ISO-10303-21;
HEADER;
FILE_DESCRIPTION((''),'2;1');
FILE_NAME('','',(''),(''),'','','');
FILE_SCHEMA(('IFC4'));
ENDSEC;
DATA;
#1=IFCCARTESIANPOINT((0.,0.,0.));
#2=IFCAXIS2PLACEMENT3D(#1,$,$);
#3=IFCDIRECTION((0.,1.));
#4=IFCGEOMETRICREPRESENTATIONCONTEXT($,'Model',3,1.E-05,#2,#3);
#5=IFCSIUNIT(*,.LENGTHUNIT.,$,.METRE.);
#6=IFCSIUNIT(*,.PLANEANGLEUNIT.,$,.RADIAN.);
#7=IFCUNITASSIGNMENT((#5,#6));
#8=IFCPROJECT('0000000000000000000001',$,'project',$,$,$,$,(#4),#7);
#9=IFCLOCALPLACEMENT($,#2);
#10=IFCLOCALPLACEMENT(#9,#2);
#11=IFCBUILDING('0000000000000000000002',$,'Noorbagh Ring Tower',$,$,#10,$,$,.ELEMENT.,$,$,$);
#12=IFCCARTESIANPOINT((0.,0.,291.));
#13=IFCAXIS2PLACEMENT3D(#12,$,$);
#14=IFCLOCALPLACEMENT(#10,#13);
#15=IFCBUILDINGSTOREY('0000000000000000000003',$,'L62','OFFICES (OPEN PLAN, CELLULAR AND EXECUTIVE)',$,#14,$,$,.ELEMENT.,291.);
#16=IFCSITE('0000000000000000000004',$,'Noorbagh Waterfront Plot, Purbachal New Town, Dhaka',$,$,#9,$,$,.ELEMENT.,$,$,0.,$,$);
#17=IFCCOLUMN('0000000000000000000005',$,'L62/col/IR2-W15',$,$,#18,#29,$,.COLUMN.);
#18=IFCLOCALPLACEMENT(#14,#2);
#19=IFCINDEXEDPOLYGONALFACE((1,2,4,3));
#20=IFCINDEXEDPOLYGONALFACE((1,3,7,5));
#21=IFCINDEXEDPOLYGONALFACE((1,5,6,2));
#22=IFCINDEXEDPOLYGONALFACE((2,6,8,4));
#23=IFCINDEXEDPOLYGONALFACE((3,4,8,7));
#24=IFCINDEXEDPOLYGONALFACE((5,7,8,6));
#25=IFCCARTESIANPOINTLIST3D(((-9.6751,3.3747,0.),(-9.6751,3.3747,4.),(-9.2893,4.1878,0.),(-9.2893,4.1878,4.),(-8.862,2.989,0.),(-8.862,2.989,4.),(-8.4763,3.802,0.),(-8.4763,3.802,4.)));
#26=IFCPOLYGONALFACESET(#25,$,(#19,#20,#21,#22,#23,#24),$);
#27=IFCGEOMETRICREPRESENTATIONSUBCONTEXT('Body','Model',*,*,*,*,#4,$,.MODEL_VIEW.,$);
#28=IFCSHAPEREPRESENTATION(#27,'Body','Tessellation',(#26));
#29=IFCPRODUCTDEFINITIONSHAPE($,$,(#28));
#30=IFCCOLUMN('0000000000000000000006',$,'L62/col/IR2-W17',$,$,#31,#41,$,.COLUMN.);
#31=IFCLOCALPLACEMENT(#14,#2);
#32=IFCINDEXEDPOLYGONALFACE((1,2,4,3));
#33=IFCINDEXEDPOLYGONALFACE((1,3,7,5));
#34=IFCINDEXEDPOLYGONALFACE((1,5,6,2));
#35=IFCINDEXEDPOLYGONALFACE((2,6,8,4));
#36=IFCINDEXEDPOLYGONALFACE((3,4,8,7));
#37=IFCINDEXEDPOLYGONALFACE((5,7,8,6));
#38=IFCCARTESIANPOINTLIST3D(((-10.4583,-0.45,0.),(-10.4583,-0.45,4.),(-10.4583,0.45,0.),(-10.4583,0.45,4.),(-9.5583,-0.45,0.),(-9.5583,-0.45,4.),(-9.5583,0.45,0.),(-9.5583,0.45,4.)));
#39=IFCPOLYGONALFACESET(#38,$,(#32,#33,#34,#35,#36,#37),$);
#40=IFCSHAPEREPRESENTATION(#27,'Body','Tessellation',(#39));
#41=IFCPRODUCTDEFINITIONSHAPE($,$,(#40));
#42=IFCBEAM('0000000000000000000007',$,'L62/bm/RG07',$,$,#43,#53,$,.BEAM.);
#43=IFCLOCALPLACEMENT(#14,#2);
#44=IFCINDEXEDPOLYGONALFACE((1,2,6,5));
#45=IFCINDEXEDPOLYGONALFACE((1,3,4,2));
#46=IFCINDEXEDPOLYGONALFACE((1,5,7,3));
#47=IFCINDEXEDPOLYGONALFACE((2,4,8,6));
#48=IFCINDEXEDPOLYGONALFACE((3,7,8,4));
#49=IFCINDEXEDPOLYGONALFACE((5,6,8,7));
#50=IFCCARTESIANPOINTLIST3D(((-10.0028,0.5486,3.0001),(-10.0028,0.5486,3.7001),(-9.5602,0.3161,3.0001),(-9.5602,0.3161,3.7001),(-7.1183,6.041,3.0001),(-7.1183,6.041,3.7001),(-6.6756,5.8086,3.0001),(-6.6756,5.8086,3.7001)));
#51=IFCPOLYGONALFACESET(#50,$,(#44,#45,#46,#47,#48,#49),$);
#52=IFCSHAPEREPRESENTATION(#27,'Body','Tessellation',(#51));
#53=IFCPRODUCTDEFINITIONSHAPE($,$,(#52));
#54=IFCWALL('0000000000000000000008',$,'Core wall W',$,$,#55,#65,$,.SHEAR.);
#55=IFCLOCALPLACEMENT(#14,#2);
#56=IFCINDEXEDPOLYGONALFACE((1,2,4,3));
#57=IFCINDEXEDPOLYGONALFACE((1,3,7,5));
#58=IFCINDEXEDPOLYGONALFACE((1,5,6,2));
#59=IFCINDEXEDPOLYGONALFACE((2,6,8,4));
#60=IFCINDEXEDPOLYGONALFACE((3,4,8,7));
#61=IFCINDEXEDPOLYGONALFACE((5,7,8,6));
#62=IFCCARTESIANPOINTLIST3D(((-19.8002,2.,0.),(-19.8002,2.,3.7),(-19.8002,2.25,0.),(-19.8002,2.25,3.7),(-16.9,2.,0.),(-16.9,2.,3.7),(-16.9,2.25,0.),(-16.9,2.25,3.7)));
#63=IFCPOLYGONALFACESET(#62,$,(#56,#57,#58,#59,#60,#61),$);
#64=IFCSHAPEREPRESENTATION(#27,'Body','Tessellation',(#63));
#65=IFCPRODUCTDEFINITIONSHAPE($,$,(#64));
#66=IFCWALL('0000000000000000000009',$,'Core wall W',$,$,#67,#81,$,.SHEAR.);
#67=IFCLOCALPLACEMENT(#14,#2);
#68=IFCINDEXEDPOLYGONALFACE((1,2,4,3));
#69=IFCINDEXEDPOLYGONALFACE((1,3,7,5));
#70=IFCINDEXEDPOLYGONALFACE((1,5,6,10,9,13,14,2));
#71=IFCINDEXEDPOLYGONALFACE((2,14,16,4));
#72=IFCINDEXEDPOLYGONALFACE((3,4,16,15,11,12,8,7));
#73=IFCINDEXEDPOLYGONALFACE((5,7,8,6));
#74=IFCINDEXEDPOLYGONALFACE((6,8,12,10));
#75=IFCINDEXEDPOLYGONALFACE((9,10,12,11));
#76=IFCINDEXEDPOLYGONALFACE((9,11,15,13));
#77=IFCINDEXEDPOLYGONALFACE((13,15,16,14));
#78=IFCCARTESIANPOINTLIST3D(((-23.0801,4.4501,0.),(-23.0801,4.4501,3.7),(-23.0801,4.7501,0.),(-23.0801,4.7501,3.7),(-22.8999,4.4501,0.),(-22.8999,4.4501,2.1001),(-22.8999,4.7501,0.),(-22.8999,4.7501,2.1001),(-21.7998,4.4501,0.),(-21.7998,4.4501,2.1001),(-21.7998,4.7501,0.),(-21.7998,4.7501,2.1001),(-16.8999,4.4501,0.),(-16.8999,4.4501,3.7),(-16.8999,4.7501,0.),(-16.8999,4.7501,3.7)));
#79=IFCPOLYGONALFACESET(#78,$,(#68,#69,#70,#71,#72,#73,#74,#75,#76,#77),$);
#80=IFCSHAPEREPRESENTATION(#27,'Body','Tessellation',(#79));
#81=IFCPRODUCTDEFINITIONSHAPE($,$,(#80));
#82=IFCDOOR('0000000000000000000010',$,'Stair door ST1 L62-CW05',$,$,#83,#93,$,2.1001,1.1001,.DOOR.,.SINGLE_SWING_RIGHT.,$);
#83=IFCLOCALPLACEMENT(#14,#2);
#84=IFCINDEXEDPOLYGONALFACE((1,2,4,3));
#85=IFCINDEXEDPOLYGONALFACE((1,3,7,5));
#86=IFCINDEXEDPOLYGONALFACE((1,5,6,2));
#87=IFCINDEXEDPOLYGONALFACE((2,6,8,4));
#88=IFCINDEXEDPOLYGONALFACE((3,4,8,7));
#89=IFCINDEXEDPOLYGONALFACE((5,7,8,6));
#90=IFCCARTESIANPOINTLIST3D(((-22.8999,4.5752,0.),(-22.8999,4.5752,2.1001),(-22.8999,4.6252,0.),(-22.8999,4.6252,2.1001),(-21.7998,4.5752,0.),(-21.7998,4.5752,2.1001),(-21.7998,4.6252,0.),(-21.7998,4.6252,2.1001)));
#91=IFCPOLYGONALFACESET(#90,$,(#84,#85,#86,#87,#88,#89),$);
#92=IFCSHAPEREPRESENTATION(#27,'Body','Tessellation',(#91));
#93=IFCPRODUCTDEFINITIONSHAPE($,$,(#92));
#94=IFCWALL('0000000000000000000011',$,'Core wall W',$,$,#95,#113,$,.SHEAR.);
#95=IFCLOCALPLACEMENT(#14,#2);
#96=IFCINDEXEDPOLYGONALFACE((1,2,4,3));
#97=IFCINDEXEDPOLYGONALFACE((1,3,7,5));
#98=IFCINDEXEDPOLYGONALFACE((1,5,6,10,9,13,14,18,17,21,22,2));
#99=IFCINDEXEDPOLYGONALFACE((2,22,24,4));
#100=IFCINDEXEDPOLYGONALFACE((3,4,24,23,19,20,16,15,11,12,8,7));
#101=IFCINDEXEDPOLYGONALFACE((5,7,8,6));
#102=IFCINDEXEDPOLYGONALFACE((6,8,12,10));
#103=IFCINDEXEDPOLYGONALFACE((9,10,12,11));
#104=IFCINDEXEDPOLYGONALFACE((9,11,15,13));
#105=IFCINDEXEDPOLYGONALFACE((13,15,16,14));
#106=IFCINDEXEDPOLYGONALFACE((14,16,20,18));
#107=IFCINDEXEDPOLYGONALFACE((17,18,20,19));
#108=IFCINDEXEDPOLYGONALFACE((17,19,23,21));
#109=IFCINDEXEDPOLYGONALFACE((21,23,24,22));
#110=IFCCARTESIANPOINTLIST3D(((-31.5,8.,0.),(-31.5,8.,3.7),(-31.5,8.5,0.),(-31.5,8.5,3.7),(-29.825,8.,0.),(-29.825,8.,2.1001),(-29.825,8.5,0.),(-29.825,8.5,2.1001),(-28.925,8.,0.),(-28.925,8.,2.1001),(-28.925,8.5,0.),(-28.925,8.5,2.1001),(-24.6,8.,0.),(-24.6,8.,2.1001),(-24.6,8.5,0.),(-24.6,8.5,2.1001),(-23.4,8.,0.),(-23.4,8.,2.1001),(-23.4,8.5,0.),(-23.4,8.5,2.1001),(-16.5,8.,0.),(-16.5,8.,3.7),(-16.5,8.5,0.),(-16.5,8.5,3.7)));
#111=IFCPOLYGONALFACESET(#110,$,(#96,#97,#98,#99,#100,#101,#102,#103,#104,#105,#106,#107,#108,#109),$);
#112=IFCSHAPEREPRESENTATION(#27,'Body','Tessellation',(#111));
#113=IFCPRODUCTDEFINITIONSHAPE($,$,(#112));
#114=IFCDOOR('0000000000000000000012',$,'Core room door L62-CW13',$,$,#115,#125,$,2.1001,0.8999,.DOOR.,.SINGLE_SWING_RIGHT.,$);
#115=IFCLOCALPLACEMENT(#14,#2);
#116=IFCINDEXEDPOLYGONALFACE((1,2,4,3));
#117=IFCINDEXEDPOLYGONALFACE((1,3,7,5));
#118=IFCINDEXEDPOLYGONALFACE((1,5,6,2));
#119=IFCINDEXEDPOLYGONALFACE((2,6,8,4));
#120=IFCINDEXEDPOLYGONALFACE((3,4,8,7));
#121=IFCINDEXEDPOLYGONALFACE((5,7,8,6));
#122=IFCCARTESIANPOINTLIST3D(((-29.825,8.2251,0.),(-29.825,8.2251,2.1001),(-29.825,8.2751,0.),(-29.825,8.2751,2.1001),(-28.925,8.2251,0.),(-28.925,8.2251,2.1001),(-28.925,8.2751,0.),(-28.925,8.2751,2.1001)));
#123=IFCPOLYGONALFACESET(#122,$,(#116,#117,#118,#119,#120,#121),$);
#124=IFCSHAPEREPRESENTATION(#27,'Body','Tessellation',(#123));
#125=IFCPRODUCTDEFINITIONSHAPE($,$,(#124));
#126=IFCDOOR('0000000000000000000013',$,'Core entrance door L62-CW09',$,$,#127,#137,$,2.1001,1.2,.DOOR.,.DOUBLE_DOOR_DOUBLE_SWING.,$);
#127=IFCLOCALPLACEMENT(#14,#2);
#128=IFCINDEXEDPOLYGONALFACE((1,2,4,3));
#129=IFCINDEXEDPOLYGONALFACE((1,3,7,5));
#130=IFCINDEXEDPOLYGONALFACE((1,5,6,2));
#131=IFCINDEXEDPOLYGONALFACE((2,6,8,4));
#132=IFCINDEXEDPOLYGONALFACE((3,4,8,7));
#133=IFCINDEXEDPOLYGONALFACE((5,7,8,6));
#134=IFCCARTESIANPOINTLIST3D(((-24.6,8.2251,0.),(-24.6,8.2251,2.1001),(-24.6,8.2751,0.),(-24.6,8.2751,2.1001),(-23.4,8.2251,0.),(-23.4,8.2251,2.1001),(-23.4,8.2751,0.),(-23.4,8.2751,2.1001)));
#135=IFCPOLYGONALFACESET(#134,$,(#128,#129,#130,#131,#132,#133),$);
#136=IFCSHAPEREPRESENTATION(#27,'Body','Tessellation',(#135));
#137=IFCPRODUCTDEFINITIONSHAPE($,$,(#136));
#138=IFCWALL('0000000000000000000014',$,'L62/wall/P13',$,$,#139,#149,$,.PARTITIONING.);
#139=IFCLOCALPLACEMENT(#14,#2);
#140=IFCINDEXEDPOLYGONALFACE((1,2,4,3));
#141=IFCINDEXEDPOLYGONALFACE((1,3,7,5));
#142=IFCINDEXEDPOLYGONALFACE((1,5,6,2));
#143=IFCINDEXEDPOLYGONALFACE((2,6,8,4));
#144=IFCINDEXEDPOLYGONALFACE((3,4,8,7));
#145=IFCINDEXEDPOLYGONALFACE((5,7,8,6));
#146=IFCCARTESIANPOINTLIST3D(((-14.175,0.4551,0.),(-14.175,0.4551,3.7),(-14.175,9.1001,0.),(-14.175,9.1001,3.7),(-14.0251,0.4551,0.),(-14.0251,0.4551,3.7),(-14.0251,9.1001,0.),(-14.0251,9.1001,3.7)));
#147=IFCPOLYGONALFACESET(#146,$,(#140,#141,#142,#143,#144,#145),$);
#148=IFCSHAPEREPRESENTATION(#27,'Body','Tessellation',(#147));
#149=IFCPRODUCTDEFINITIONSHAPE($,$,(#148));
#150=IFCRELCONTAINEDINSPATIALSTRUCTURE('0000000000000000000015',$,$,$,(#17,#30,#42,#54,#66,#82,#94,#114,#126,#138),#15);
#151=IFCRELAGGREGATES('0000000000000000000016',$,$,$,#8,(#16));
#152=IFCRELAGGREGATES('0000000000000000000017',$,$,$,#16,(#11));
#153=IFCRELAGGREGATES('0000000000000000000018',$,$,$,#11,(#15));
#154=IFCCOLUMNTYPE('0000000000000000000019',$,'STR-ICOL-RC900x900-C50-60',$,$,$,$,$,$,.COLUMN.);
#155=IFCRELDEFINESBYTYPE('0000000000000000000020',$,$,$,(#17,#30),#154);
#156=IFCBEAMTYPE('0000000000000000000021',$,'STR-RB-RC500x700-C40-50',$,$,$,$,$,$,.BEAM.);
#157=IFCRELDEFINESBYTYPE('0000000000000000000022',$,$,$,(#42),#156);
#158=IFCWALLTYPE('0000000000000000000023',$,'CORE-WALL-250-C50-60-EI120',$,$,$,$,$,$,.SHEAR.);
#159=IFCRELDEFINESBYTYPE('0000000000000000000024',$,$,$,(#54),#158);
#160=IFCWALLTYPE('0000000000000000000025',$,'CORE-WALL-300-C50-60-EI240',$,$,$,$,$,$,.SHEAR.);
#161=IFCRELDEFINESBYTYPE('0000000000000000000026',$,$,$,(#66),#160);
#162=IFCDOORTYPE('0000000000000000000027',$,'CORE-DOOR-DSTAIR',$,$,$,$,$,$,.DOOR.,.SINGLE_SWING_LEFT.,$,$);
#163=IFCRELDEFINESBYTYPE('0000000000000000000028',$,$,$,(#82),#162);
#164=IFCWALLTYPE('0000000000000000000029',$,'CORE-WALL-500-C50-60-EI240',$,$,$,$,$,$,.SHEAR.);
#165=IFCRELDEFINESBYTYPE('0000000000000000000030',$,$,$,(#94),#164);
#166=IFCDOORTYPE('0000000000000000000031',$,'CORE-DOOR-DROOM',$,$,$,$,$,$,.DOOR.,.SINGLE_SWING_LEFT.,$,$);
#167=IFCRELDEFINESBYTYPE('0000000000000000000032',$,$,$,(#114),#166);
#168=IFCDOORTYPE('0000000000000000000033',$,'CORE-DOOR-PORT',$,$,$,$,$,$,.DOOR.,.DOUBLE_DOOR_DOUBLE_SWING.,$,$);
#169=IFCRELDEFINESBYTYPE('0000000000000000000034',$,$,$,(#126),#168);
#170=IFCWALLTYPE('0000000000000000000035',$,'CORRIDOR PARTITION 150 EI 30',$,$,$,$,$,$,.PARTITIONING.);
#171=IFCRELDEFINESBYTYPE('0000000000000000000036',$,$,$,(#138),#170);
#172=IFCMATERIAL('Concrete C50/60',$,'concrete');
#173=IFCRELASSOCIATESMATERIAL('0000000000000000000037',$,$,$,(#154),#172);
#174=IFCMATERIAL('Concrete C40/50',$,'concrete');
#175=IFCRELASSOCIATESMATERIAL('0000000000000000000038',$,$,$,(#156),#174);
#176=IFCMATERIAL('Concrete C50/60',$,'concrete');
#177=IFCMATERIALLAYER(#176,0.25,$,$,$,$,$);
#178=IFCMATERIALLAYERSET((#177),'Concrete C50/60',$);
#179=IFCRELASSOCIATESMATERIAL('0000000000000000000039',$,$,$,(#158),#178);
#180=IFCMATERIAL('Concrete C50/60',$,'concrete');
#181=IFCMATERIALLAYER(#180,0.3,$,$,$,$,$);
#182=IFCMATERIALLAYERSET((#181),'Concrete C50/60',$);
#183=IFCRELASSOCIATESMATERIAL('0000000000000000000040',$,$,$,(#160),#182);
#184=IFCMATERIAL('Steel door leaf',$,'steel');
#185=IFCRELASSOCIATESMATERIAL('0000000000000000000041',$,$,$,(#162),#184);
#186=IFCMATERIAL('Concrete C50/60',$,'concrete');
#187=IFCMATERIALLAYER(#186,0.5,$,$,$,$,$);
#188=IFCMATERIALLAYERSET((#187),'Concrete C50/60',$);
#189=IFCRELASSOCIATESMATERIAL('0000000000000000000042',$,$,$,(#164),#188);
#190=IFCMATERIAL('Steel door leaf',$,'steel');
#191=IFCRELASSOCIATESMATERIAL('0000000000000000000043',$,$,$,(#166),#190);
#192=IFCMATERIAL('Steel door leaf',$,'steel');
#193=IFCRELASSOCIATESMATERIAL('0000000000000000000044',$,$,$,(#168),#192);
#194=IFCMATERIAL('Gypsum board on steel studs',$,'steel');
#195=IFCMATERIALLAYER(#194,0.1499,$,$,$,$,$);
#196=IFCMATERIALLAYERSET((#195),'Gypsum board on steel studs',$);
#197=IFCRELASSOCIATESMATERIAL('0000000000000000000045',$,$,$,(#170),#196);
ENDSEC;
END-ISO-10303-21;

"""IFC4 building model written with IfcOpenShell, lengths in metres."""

from ifc_helpers import new_model, si_unit, direction, frame, frame_2d, origin, origin_2d, place, context, subcontext, project, spatial, rectangle, extrude, material, layer, layer_set, material_profile, profile_set, type_object, element, fill, save


model = new_model("IFC4")

# Units and contexts
model_context = context("Model", 3, precision=1e-05, world=origin(), true_north=direction((0.0, 1.0)))
body_context = subcontext(model_context, "Body", "Model", "MODEL_VIEW")
ifc_project = project(units=[si_unit("LENGTHUNIT", "METRE"), si_unit("PLANEANGLEUNIT", "RADIAN")], contexts=[model_context])

# Site, building, storey
site_placement = place(None, origin())
site = spatial("IfcSite", under=ifc_project, at=site_placement, Name="Noorbagh Waterfront Plot, Purbachal New Town, Dhaka", CompositionType="ELEMENT", RefElevation=0.0)
building_placement = place(site_placement, origin())
building = spatial("IfcBuilding", under=site, at=building_placement, Name="Noorbagh Ring Tower", CompositionType="ELEMENT")
storey_placement = place(building_placement, frame((0.0, 0.0, 291.0)))
storey = spatial("IfcBuildingStorey", under=building, at=storey_placement, Name="L62", Description="OFFICES (OPEN PLAN, CELLULAR AND EXECUTIVE)", CompositionType="ELEMENT", Elevation=291.0)

# Columns
ifc_material_1 = material(Name="Concrete C50/60", Category="concrete")
ifc_material_profile_1 = material_profile(ifc_material_1, rectangle(XDim=0.8999, YDim=0.8999, at=origin_2d()), Name="RC900x900")
ifc_profile_set_1 = profile_set([ifc_material_profile_1], Name="Concrete C50/60")
column_type = type_object("IfcColumnType", Name="STR-ICOL-RC900x900-C50-60", PredefinedType="COLUMN", material=ifc_profile_set_1)
for number, where, z_axis, x_axis, name in (
    (1, (-9.0757, 3.5884, 0.0), (0.0, 0.0, 1.0), (-0.428667, -0.903463, 0.0), "L62/col/IR2-W15"),
    (2, (-10.0083, 0.0, 0.0), (0.0, 0.0, 1.0), (0.0, -1.0, 0.0), "L62/col/IR2-W17"),
):
    element("IfcColumn", number, at=place(storey_placement, frame(where, z_axis=z_axis, x_axis=x_axis)), inside=storey, type_object=column_type, Name=name, PredefinedType="COLUMN", context=body_context, shape_type="SweptSolid", body=[
        extrude(rectangle(XDim=0.8999, YDim=0.8999, at=origin_2d()), origin(), (0.0, 0.0, 1.0), 4.0),
    ])

# Beam
ifc_material_2 = material(Name="Concrete C40/50", Category="concrete")
ifc_material_profile_2 = material_profile(ifc_material_2, rectangle(XDim=0.5, YDim=0.7, at=origin_2d()), Name="RC500x700")
ifc_profile_set_2 = profile_set([ifc_material_profile_2], Name="Concrete C40/50")
beam_type = type_object("IfcBeamType", Name="STR-RB-RC500x700-C40-50", PredefinedType="BEAM", material=ifc_profile_set_2)
beam_placement = place(storey_placement, frame((-6.897, 5.9248, 3.3501), z_axis=(-0.46496, -0.885332, 0.0), x_axis=(0.885332, -0.46496, 0.0)))
element("IfcBeam", 3, at=beam_placement, inside=storey, type_object=beam_type, Name="L62/bm/RG07", PredefinedType="BEAM", context=body_context, shape_type="SweptSolid", body=[
    extrude(rectangle(XDim=0.5, YDim=0.7, at=origin_2d()), origin(), (0.0, 0.0, 1.0), 6.2039),
])

# Wall
ifc_material_3 = material(Name="Concrete C50/60", Category="concrete")
ifc_layer_1 = layer(ifc_material_3, 0.25)
ifc_layer_set_1 = layer_set([ifc_layer_1], Name="Concrete C50/60")
wall_type_1 = type_object("IfcWallType", Name="CORE-WALL-250-C50-60-EI120", PredefinedType="SHEAR", material=ifc_layer_set_1)
wall_1_placement = place(storey_placement, frame((-16.8999, 2.125, 0.0), z_axis=(0.0, 0.0, 1.0), x_axis=(-1.0, 0.0, 0.0)))
element("IfcWall", 4, at=wall_1_placement, inside=storey, type_object=wall_type_1, Name="Core wall W", PredefinedType="SHEAR", context=body_context, shape_type="SweptSolid", body=[
    extrude(rectangle(XDim=2.9001, YDim=0.25, at=frame_2d((1.4502, 0.0))), origin(), (0.0, 0.0, 1.0), 3.7),
])

# Wall, opening, door
ifc_material_4 = material(Name="Concrete C50/60", Category="concrete")
ifc_layer_2 = layer(ifc_material_4, 0.3)
ifc_layer_set_2 = layer_set([ifc_layer_2], Name="Concrete C50/60")
wall_type_2 = type_object("IfcWallType", Name="CORE-WALL-300-C50-60-EI240", PredefinedType="SHEAR", material=ifc_layer_set_2)
wall_2_placement = place(storey_placement, frame((-16.8999, 4.6001, 0.0), z_axis=(0.0, 0.0, 1.0), x_axis=(-1.0, 0.0, 0.0)))
wall_2 = element("IfcWall", 5, at=wall_2_placement, inside=storey, type_object=wall_type_2, Name="Core wall W", PredefinedType="SHEAR", context=body_context, shape_type="SweptSolid", body=[
    extrude(rectangle(XDim=6.1802, YDim=0.3, at=frame_2d((3.0901, 0.0))), origin(), (0.0, 0.0, 1.0), 3.7),
])
opening_1_placement = place(wall_2_placement, frame((4.8999, 0.0, 0.0)))
opening_1 = element("IfcOpeningElement", 6, at=opening_1_placement, cuts=wall_2, PredefinedType="OPENING", context=body_context, shape_type="SweptSolid", body=[
    extrude(rectangle(XDim=1.1001, YDim=2.1001, at=frame_2d((0.55, 1.05))), frame((0.0, 0.1602, 0.0), z_axis=(0.0, -1.0, 0.0), x_axis=(1.0, 0.0, 0.0)), (0.0, 0.0, 1.0), 0.3201),
])
ifc_material_5 = material(Name="Steel door leaf", Category="steel")
door_type_1 = type_object("IfcDoorType", Name="CORE-DOOR-DSTAIR", OperationType="SINGLE_SWING_LEFT", PredefinedType="DOOR", material=ifc_material_5)
door_1_placement = place(opening_1_placement, origin())
door_1 = element("IfcDoor", 7, at=door_1_placement, inside=storey, type_object=door_type_1, Name="Stair door ST1 L62-CW05", OperationType="SINGLE_SWING_RIGHT", OverallHeight=2.1001, OverallWidth=1.1001, PredefinedType="DOOR", context=body_context, shape_type="SweptSolid", body=[
    extrude(rectangle(XDim=1.1001, YDim=2.1001, at=frame_2d((0.55, 1.05))), frame((0.0, 0.0249, 0.0), z_axis=(0.0, -1.0, 0.0), x_axis=(1.0, 0.0, 0.0)), (0.0, 0.0, 1.0), 0.05),
])
fill(opening_1, door_1)

# Wall, openings, doors
ifc_material_6 = material(Name="Concrete C50/60", Category="concrete")
ifc_layer_3 = layer(ifc_material_6, 0.5)
ifc_layer_set_3 = layer_set([ifc_layer_3], Name="Concrete C50/60")
wall_type_3 = type_object("IfcWallType", Name="CORE-WALL-500-C50-60-EI240", PredefinedType="SHEAR", material=ifc_layer_set_3)
wall_3_placement = place(storey_placement, frame((-16.5, 8.25, 0.0), z_axis=(0.0, 0.0, 1.0), x_axis=(-1.0, 0.0, 0.0)))
wall_3 = element("IfcWall", 8, at=wall_3_placement, inside=storey, type_object=wall_type_3, Name="Core wall W", PredefinedType="SHEAR", context=body_context, shape_type="SweptSolid", body=[
    extrude(rectangle(XDim=15.0, YDim=0.5, at=frame_2d((7.5, 0.0))), origin(), (0.0, 0.0, 1.0), 3.7),
])
opening_2_placement = place(wall_3_placement, frame((6.8999, 0.0, 0.0)))
opening_2 = element("IfcOpeningElement", 9, at=opening_2_placement, cuts=wall_3, PredefinedType="OPENING", context=body_context, shape_type="SweptSolid", body=[
    extrude(rectangle(XDim=1.2, YDim=2.1001, at=frame_2d((0.6001, 1.05))), frame((0.0, 0.26, 0.0), z_axis=(0.0, -1.0, 0.0), x_axis=(1.0, 0.0, 0.0)), (0.0, 0.0, 1.0), 0.52),
])
opening_3_placement = place(wall_3_placement, frame((12.425, 0.0, 0.0)))
opening_3 = element("IfcOpeningElement", 10, at=opening_3_placement, cuts=wall_3, PredefinedType="OPENING", context=body_context, shape_type="SweptSolid", body=[
    extrude(rectangle(XDim=0.8999, YDim=2.1001, at=frame_2d((0.45, 1.05))), frame((0.0, 0.26, 0.0), z_axis=(0.0, -1.0, 0.0), x_axis=(1.0, 0.0, 0.0)), (0.0, 0.0, 1.0), 0.52),
])
ifc_material_7 = material(Name="Steel door leaf", Category="steel")
door_type_2 = type_object("IfcDoorType", Name="CORE-DOOR-DROOM", OperationType="SINGLE_SWING_LEFT", PredefinedType="DOOR", material=ifc_material_7)
door_2_placement = place(opening_3_placement, origin())
door_2 = element("IfcDoor", 11, at=door_2_placement, inside=storey, type_object=door_type_2, Name="Core room door L62-CW13", OperationType="SINGLE_SWING_RIGHT", OverallHeight=2.1001, OverallWidth=0.8999, PredefinedType="DOOR", context=body_context, shape_type="SweptSolid", body=[
    extrude(rectangle(XDim=0.8999, YDim=2.1001, at=frame_2d((0.45, 1.05))), frame((0.0, 0.0249, 0.0), z_axis=(0.0, -1.0, 0.0), x_axis=(1.0, 0.0, 0.0)), (0.0, 0.0, 1.0), 0.05),
])
fill(opening_3, door_2)
ifc_material_8 = material(Name="Steel door leaf", Category="steel")
door_type_3 = type_object("IfcDoorType", Name="CORE-DOOR-PORT", OperationType="DOUBLE_DOOR_DOUBLE_SWING", PredefinedType="DOOR", material=ifc_material_8)
door_3_placement = place(opening_2_placement, origin())
door_3 = element("IfcDoor", 12, at=door_3_placement, inside=storey, type_object=door_type_3, Name="Core entrance door L62-CW09", OperationType="DOUBLE_DOOR_DOUBLE_SWING", OverallHeight=2.1001, OverallWidth=1.2, PredefinedType="DOOR", context=body_context, shape_type="SweptSolid", body=[
    extrude(rectangle(XDim=1.2, YDim=2.1001, at=frame_2d((0.6001, 1.05))), frame((0.0, 0.0249, 0.0), z_axis=(0.0, -1.0, 0.0), x_axis=(1.0, 0.0, 0.0)), (0.0, 0.0, 1.0), 0.05),
])
fill(opening_2, door_3)

# Wall
ifc_material_9 = material(Name="Gypsum board on steel studs", Category="steel")
ifc_layer_4 = layer(ifc_material_9, 0.1499)
ifc_layer_set_4 = layer_set([ifc_layer_4], Name="Gypsum board on steel studs")
wall_type_4 = type_object("IfcWallType", Name="CORRIDOR PARTITION 150 EI 30", PredefinedType="PARTITIONING", material=ifc_layer_set_4)
wall_4_placement = place(storey_placement, frame((-14.1001, 0.4551, 0.0), z_axis=(0.0, 0.0, 1.0), x_axis=(0.0, 1.0, 0.0)))
element("IfcWall", 13, at=wall_4_placement, inside=storey, type_object=wall_type_4, Name="L62/wall/P13", PredefinedType="PARTITIONING", context=body_context, shape_type="SweptSolid", body=[
    extrude(rectangle(XDim=8.645, YDim=0.1499, at=frame_2d((4.3225, 0.0))), origin(), (0.0, 0.0, 1.0), 3.7),
])

save(model, "model.ifc")
